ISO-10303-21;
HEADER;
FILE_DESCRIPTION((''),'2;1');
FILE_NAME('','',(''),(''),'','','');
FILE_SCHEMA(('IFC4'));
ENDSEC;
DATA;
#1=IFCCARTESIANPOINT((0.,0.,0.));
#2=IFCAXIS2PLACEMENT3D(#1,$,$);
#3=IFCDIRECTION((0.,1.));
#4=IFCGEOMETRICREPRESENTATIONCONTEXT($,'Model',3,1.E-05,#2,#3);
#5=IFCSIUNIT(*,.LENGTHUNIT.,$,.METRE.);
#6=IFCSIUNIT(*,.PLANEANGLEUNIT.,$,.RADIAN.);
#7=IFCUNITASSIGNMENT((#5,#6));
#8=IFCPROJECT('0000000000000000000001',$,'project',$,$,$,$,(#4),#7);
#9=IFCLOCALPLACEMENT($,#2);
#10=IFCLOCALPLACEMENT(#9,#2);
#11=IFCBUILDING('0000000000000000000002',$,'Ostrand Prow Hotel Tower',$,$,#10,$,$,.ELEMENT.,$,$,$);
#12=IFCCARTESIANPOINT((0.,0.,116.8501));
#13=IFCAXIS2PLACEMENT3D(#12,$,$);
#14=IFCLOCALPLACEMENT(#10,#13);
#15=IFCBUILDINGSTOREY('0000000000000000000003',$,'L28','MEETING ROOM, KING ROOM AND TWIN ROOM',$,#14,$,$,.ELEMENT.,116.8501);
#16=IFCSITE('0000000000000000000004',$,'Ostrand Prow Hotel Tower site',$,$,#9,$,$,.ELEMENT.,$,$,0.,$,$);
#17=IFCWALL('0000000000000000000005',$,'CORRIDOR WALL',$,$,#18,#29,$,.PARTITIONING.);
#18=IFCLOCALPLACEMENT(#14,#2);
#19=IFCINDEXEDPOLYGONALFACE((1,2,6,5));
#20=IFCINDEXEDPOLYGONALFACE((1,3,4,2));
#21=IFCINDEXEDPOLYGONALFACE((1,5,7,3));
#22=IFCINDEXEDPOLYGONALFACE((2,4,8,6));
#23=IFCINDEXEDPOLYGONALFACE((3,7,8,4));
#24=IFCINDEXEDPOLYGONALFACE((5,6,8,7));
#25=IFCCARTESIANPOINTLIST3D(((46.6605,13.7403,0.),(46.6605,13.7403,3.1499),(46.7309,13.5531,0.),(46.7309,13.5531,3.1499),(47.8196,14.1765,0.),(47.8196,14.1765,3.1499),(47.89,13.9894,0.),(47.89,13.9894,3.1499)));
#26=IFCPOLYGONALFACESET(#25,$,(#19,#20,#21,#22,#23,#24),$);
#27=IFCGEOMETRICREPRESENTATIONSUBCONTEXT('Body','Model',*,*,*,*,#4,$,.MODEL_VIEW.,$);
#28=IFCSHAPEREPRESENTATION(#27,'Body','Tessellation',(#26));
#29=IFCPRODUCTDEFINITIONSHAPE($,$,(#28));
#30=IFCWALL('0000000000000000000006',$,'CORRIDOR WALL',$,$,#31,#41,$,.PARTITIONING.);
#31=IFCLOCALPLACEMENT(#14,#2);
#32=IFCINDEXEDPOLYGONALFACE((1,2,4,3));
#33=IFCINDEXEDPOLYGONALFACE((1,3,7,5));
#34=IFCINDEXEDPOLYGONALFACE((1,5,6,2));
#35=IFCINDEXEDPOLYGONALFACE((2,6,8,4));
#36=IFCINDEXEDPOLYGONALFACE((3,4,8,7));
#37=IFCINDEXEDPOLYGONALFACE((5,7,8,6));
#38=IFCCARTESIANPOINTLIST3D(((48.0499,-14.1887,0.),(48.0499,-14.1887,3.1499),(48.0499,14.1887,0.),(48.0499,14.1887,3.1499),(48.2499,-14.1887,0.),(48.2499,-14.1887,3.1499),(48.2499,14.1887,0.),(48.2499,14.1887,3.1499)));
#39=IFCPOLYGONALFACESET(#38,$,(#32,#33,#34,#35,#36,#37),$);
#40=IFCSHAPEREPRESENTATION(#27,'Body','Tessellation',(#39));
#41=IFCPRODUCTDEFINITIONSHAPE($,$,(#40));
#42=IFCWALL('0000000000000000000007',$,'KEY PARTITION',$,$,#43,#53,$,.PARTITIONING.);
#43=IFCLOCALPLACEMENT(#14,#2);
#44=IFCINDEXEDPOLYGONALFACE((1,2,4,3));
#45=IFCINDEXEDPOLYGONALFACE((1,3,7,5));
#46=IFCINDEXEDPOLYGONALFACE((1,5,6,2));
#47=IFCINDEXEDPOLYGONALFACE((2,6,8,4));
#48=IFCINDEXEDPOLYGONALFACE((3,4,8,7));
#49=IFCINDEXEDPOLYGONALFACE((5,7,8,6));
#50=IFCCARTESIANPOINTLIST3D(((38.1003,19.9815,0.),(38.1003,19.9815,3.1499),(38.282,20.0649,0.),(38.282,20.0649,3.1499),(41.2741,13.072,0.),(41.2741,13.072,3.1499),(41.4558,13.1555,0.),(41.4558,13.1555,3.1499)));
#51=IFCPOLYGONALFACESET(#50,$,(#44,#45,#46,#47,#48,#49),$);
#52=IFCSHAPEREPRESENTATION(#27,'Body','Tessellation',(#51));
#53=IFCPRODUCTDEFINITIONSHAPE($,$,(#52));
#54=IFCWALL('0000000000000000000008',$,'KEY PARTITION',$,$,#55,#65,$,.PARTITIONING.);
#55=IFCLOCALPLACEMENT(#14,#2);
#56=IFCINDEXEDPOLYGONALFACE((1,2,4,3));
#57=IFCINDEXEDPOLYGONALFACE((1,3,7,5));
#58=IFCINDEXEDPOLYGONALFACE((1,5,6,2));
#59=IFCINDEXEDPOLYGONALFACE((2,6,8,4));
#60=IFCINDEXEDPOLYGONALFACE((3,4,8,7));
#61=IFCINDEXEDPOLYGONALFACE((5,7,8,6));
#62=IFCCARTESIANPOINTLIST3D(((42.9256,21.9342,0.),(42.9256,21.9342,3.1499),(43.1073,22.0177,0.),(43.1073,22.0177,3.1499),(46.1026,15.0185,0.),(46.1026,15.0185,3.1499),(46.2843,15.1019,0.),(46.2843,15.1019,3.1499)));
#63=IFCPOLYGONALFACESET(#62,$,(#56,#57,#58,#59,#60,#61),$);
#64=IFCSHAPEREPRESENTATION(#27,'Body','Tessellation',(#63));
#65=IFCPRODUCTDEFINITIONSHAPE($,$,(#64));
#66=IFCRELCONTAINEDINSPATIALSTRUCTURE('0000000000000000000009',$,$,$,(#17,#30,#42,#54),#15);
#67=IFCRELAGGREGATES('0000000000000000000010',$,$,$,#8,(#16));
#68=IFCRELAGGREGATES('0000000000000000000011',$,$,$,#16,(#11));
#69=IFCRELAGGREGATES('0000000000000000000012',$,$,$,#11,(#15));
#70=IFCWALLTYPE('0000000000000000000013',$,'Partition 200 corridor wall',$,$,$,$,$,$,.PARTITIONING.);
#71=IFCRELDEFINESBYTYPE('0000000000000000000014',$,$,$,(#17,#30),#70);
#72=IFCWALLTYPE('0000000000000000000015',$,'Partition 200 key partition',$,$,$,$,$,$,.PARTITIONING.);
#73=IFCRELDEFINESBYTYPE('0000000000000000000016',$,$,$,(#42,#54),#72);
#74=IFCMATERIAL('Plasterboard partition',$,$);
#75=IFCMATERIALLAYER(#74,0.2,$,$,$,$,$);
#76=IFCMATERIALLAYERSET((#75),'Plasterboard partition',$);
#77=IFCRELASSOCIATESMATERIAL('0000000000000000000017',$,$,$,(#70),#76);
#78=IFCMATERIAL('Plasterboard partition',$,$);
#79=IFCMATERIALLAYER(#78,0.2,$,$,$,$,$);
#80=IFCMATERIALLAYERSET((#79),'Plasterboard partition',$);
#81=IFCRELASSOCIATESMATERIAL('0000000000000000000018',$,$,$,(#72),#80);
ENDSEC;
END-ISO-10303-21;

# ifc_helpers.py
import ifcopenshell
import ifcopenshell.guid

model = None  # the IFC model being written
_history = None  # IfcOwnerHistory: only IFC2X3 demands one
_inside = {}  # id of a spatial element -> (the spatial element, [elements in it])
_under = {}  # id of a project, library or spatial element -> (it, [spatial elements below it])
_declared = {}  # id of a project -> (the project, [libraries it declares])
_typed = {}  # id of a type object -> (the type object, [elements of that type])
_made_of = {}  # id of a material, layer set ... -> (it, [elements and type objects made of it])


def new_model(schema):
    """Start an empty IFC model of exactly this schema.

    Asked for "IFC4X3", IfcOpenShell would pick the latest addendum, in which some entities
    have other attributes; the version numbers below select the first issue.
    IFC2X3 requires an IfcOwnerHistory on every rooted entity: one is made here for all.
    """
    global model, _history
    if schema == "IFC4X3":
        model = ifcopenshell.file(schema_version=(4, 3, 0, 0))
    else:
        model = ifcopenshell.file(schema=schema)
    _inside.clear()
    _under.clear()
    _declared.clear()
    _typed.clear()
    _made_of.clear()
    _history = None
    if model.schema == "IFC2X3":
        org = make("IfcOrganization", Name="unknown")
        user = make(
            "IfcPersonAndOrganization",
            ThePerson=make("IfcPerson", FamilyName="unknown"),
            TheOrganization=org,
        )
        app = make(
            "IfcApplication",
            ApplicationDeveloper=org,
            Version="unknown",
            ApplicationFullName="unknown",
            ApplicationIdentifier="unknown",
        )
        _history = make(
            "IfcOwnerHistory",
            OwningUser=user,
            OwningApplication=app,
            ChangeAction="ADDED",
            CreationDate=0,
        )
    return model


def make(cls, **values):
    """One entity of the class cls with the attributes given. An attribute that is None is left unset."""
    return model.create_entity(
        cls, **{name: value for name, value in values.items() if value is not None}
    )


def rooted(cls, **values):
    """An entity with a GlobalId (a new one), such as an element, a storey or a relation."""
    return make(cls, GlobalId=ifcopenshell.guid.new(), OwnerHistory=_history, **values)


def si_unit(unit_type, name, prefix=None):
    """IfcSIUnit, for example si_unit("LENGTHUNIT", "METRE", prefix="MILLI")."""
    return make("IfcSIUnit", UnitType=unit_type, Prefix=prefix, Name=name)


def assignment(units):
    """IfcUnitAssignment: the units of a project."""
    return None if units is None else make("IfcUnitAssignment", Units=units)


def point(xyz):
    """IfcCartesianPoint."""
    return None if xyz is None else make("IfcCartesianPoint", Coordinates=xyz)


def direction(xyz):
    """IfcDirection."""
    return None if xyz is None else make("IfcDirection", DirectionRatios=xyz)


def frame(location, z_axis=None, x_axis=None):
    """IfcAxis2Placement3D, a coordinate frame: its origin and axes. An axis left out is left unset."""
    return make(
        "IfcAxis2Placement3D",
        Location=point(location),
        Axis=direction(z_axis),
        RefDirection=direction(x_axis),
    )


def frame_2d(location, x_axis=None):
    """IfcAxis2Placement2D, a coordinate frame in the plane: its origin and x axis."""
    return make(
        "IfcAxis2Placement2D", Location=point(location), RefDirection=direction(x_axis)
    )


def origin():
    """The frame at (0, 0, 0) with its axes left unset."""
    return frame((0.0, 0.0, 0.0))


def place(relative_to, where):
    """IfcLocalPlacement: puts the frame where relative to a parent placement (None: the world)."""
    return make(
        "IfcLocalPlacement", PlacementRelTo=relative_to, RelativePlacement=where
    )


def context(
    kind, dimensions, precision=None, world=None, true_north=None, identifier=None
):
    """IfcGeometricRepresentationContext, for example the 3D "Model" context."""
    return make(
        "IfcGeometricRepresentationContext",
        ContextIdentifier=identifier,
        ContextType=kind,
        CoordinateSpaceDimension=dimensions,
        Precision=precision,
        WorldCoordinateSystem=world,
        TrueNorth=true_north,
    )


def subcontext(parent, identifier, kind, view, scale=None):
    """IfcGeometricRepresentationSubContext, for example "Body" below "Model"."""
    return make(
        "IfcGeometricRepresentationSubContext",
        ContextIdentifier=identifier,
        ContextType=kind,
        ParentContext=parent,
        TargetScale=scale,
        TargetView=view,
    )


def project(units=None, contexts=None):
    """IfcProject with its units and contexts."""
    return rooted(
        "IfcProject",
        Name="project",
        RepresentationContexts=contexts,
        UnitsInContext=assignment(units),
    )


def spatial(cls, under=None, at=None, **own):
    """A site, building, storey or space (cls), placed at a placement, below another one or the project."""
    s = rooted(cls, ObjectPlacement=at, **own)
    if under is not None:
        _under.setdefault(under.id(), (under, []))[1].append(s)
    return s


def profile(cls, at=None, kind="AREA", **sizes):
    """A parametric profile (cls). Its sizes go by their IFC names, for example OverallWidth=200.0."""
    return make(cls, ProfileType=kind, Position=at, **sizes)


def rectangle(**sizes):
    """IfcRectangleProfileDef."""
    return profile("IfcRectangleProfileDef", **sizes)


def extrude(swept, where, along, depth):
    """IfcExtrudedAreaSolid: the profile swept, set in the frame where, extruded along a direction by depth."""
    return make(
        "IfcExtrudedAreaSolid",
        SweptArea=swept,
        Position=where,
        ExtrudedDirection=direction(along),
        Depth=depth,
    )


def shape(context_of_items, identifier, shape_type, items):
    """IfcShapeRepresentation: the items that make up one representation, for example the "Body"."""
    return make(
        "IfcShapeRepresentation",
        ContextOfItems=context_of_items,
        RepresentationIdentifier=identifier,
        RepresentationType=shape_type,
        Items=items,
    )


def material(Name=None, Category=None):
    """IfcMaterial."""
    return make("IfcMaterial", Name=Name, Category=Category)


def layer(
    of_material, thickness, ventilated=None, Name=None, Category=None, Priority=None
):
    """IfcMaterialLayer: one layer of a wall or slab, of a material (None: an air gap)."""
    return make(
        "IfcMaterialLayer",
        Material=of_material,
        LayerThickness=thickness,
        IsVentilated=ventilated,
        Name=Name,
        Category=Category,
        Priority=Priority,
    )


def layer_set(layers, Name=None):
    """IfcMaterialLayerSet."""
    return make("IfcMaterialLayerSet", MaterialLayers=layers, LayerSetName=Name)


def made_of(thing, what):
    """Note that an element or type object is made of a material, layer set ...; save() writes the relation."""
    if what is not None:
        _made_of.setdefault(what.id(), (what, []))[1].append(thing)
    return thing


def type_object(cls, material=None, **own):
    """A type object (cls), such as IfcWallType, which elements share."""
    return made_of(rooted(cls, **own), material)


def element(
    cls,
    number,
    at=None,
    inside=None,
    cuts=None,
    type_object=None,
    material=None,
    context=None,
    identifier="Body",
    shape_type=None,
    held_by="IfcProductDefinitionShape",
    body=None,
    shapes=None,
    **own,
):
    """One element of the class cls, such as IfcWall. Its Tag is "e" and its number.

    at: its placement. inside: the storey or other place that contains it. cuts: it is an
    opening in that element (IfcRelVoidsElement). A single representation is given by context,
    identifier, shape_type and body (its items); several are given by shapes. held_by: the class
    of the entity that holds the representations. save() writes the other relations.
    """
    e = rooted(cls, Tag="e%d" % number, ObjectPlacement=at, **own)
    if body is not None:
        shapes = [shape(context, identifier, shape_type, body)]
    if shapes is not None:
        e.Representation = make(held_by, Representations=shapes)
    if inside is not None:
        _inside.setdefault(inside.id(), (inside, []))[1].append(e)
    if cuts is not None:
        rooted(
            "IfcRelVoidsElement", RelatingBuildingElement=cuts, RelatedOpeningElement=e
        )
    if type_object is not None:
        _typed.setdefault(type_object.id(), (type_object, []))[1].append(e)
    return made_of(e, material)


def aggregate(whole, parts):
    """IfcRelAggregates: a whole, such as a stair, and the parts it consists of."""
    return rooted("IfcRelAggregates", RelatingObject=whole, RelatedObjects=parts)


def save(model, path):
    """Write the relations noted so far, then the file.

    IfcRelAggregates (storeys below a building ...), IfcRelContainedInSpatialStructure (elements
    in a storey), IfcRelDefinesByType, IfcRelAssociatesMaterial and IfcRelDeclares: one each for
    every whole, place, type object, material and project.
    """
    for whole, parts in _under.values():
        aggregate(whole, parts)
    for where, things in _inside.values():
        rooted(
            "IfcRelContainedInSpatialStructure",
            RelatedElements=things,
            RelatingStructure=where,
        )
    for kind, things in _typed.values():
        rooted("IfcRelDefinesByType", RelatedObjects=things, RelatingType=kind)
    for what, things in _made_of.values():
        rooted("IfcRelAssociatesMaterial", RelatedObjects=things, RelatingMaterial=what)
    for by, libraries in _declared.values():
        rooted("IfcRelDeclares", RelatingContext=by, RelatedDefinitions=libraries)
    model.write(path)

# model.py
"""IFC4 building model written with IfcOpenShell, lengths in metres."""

from ifc_helpers import new_model, si_unit, direction, frame, frame_2d, origin, place, context, subcontext, project, spatial, rectangle, extrude, material, layer, layer_set, type_object, element, save


model = new_model("IFC4")

# Units and contexts
model_context = context("Model", 3, precision=1e-05, world=origin(), true_north=direction((0.0, 1.0)))
body_context = subcontext(model_context, "Body", "Model", "MODEL_VIEW")
ifc_project = project(units=[si_unit("LENGTHUNIT", "METRE"), si_unit("PLANEANGLEUNIT", "RADIAN")], contexts=[model_context])

# Site, building, storey
site_placement = place(None, origin())
site = spatial("IfcSite", under=ifc_project, at=site_placement, Name="Ostrand Prow Hotel Tower site", CompositionType="ELEMENT", RefElevation=0.0)
building_placement = place(site_placement, origin())
building = spatial("IfcBuilding", under=site, at=building_placement, Name="Ostrand Prow Hotel Tower", CompositionType="ELEMENT")
storey_placement = place(building_placement, frame((0.0, 0.0, 116.8501)))
storey = spatial("IfcBuildingStorey", under=building, at=storey_placement, Name="L28", Description="MEETING ROOM, KING ROOM AND TWIN ROOM", CompositionType="ELEMENT", Elevation=116.8501)

# Shared definitions
ifc_material_1 = material(Name="Plasterboard partition")
ifc_layer_1 = layer(ifc_material_1, 0.2)
ifc_layer_set_1 = layer_set([ifc_layer_1], Name="Plasterboard partition")
wall_type_1 = type_object("IfcWallType", Name="Partition 200 corridor wall", PredefinedType="PARTITIONING", material=ifc_layer_set_1)

# Walls
wall_1_placement = place(storey_placement, frame((46.6958, 13.6467, 0.0), z_axis=(0.0, 0.0, 1.0), x_axis=(0.935907, 0.352246, 0.0)))
element("IfcWall", 1, at=wall_1_placement, inside=storey, type_object=wall_type_1, Name="CORRIDOR WALL", PredefinedType="PARTITIONING", context=body_context, shape_type="SweptSolid", body=[
    extrude(rectangle(XDim=1.2385, YDim=0.2, at=frame_2d((0.6191, 0.0))), origin(), (0.0, 0.0, 1.0), 3.1499),
])
wall_2_placement = place(storey_placement, frame((48.1499, 14.1887, 0.0), z_axis=(0.0, 0.0, 1.0), x_axis=(0.0, -1.0, 0.0)))
element("IfcWall", 2, at=wall_2_placement, inside=storey, type_object=wall_type_1, Name="CORRIDOR WALL", PredefinedType="PARTITIONING", context=body_context, shape_type="SweptSolid", body=[
    extrude(rectangle(XDim=28.3774, YDim=0.2, at=frame_2d((14.1887, 0.0))), origin(), (0.0, 0.0, 1.0), 3.1499),
])
ifc_material_2 = material(Name="Plasterboard partition")
ifc_layer_2 = layer(ifc_material_2, 0.2)
ifc_layer_set_2 = layer_set([ifc_layer_2], Name="Plasterboard partition")
wall_type_2 = type_object("IfcWallType", Name="Partition 200 key partition", PredefinedType="PARTITIONING", material=ifc_layer_set_2)
wall_3_placement = place(storey_placement, frame((41.365, 13.1138, 0.0), z_axis=(0.0, 0.0, 1.0), x_axis=(-0.417416, 0.908715, 0.0)))
element("IfcWall", 3, at=wall_3_placement, inside=storey, type_object=wall_type_2, Name="KEY PARTITION", PredefinedType="PARTITIONING", context=body_context, shape_type="SweptSolid", body=[
    extrude(rectangle(XDim=7.6035, YDim=0.2, at=frame_2d((3.8018, 0.0))), origin(), (0.0, 0.0, 1.0), 3.1499),
])
wall_4_placement = place(storey_placement, frame((46.1934, 15.0603, 0.0), z_axis=(0.0, 0.0, 1.0), x_axis=(-0.417444, 0.908702, 0.0)))
element("IfcWall", 4, at=wall_4_placement, inside=storey, type_object=wall_type_2, Name="KEY PARTITION", PredefinedType="PARTITIONING", context=body_context, shape_type="SweptSolid", body=[
    extrude(rectangle(XDim=7.6106, YDim=0.2, at=frame_2d((3.8052, 0.0))), origin(), (0.0, 0.0, 1.0), 3.1499),
])

save(model, "model.ifc")
